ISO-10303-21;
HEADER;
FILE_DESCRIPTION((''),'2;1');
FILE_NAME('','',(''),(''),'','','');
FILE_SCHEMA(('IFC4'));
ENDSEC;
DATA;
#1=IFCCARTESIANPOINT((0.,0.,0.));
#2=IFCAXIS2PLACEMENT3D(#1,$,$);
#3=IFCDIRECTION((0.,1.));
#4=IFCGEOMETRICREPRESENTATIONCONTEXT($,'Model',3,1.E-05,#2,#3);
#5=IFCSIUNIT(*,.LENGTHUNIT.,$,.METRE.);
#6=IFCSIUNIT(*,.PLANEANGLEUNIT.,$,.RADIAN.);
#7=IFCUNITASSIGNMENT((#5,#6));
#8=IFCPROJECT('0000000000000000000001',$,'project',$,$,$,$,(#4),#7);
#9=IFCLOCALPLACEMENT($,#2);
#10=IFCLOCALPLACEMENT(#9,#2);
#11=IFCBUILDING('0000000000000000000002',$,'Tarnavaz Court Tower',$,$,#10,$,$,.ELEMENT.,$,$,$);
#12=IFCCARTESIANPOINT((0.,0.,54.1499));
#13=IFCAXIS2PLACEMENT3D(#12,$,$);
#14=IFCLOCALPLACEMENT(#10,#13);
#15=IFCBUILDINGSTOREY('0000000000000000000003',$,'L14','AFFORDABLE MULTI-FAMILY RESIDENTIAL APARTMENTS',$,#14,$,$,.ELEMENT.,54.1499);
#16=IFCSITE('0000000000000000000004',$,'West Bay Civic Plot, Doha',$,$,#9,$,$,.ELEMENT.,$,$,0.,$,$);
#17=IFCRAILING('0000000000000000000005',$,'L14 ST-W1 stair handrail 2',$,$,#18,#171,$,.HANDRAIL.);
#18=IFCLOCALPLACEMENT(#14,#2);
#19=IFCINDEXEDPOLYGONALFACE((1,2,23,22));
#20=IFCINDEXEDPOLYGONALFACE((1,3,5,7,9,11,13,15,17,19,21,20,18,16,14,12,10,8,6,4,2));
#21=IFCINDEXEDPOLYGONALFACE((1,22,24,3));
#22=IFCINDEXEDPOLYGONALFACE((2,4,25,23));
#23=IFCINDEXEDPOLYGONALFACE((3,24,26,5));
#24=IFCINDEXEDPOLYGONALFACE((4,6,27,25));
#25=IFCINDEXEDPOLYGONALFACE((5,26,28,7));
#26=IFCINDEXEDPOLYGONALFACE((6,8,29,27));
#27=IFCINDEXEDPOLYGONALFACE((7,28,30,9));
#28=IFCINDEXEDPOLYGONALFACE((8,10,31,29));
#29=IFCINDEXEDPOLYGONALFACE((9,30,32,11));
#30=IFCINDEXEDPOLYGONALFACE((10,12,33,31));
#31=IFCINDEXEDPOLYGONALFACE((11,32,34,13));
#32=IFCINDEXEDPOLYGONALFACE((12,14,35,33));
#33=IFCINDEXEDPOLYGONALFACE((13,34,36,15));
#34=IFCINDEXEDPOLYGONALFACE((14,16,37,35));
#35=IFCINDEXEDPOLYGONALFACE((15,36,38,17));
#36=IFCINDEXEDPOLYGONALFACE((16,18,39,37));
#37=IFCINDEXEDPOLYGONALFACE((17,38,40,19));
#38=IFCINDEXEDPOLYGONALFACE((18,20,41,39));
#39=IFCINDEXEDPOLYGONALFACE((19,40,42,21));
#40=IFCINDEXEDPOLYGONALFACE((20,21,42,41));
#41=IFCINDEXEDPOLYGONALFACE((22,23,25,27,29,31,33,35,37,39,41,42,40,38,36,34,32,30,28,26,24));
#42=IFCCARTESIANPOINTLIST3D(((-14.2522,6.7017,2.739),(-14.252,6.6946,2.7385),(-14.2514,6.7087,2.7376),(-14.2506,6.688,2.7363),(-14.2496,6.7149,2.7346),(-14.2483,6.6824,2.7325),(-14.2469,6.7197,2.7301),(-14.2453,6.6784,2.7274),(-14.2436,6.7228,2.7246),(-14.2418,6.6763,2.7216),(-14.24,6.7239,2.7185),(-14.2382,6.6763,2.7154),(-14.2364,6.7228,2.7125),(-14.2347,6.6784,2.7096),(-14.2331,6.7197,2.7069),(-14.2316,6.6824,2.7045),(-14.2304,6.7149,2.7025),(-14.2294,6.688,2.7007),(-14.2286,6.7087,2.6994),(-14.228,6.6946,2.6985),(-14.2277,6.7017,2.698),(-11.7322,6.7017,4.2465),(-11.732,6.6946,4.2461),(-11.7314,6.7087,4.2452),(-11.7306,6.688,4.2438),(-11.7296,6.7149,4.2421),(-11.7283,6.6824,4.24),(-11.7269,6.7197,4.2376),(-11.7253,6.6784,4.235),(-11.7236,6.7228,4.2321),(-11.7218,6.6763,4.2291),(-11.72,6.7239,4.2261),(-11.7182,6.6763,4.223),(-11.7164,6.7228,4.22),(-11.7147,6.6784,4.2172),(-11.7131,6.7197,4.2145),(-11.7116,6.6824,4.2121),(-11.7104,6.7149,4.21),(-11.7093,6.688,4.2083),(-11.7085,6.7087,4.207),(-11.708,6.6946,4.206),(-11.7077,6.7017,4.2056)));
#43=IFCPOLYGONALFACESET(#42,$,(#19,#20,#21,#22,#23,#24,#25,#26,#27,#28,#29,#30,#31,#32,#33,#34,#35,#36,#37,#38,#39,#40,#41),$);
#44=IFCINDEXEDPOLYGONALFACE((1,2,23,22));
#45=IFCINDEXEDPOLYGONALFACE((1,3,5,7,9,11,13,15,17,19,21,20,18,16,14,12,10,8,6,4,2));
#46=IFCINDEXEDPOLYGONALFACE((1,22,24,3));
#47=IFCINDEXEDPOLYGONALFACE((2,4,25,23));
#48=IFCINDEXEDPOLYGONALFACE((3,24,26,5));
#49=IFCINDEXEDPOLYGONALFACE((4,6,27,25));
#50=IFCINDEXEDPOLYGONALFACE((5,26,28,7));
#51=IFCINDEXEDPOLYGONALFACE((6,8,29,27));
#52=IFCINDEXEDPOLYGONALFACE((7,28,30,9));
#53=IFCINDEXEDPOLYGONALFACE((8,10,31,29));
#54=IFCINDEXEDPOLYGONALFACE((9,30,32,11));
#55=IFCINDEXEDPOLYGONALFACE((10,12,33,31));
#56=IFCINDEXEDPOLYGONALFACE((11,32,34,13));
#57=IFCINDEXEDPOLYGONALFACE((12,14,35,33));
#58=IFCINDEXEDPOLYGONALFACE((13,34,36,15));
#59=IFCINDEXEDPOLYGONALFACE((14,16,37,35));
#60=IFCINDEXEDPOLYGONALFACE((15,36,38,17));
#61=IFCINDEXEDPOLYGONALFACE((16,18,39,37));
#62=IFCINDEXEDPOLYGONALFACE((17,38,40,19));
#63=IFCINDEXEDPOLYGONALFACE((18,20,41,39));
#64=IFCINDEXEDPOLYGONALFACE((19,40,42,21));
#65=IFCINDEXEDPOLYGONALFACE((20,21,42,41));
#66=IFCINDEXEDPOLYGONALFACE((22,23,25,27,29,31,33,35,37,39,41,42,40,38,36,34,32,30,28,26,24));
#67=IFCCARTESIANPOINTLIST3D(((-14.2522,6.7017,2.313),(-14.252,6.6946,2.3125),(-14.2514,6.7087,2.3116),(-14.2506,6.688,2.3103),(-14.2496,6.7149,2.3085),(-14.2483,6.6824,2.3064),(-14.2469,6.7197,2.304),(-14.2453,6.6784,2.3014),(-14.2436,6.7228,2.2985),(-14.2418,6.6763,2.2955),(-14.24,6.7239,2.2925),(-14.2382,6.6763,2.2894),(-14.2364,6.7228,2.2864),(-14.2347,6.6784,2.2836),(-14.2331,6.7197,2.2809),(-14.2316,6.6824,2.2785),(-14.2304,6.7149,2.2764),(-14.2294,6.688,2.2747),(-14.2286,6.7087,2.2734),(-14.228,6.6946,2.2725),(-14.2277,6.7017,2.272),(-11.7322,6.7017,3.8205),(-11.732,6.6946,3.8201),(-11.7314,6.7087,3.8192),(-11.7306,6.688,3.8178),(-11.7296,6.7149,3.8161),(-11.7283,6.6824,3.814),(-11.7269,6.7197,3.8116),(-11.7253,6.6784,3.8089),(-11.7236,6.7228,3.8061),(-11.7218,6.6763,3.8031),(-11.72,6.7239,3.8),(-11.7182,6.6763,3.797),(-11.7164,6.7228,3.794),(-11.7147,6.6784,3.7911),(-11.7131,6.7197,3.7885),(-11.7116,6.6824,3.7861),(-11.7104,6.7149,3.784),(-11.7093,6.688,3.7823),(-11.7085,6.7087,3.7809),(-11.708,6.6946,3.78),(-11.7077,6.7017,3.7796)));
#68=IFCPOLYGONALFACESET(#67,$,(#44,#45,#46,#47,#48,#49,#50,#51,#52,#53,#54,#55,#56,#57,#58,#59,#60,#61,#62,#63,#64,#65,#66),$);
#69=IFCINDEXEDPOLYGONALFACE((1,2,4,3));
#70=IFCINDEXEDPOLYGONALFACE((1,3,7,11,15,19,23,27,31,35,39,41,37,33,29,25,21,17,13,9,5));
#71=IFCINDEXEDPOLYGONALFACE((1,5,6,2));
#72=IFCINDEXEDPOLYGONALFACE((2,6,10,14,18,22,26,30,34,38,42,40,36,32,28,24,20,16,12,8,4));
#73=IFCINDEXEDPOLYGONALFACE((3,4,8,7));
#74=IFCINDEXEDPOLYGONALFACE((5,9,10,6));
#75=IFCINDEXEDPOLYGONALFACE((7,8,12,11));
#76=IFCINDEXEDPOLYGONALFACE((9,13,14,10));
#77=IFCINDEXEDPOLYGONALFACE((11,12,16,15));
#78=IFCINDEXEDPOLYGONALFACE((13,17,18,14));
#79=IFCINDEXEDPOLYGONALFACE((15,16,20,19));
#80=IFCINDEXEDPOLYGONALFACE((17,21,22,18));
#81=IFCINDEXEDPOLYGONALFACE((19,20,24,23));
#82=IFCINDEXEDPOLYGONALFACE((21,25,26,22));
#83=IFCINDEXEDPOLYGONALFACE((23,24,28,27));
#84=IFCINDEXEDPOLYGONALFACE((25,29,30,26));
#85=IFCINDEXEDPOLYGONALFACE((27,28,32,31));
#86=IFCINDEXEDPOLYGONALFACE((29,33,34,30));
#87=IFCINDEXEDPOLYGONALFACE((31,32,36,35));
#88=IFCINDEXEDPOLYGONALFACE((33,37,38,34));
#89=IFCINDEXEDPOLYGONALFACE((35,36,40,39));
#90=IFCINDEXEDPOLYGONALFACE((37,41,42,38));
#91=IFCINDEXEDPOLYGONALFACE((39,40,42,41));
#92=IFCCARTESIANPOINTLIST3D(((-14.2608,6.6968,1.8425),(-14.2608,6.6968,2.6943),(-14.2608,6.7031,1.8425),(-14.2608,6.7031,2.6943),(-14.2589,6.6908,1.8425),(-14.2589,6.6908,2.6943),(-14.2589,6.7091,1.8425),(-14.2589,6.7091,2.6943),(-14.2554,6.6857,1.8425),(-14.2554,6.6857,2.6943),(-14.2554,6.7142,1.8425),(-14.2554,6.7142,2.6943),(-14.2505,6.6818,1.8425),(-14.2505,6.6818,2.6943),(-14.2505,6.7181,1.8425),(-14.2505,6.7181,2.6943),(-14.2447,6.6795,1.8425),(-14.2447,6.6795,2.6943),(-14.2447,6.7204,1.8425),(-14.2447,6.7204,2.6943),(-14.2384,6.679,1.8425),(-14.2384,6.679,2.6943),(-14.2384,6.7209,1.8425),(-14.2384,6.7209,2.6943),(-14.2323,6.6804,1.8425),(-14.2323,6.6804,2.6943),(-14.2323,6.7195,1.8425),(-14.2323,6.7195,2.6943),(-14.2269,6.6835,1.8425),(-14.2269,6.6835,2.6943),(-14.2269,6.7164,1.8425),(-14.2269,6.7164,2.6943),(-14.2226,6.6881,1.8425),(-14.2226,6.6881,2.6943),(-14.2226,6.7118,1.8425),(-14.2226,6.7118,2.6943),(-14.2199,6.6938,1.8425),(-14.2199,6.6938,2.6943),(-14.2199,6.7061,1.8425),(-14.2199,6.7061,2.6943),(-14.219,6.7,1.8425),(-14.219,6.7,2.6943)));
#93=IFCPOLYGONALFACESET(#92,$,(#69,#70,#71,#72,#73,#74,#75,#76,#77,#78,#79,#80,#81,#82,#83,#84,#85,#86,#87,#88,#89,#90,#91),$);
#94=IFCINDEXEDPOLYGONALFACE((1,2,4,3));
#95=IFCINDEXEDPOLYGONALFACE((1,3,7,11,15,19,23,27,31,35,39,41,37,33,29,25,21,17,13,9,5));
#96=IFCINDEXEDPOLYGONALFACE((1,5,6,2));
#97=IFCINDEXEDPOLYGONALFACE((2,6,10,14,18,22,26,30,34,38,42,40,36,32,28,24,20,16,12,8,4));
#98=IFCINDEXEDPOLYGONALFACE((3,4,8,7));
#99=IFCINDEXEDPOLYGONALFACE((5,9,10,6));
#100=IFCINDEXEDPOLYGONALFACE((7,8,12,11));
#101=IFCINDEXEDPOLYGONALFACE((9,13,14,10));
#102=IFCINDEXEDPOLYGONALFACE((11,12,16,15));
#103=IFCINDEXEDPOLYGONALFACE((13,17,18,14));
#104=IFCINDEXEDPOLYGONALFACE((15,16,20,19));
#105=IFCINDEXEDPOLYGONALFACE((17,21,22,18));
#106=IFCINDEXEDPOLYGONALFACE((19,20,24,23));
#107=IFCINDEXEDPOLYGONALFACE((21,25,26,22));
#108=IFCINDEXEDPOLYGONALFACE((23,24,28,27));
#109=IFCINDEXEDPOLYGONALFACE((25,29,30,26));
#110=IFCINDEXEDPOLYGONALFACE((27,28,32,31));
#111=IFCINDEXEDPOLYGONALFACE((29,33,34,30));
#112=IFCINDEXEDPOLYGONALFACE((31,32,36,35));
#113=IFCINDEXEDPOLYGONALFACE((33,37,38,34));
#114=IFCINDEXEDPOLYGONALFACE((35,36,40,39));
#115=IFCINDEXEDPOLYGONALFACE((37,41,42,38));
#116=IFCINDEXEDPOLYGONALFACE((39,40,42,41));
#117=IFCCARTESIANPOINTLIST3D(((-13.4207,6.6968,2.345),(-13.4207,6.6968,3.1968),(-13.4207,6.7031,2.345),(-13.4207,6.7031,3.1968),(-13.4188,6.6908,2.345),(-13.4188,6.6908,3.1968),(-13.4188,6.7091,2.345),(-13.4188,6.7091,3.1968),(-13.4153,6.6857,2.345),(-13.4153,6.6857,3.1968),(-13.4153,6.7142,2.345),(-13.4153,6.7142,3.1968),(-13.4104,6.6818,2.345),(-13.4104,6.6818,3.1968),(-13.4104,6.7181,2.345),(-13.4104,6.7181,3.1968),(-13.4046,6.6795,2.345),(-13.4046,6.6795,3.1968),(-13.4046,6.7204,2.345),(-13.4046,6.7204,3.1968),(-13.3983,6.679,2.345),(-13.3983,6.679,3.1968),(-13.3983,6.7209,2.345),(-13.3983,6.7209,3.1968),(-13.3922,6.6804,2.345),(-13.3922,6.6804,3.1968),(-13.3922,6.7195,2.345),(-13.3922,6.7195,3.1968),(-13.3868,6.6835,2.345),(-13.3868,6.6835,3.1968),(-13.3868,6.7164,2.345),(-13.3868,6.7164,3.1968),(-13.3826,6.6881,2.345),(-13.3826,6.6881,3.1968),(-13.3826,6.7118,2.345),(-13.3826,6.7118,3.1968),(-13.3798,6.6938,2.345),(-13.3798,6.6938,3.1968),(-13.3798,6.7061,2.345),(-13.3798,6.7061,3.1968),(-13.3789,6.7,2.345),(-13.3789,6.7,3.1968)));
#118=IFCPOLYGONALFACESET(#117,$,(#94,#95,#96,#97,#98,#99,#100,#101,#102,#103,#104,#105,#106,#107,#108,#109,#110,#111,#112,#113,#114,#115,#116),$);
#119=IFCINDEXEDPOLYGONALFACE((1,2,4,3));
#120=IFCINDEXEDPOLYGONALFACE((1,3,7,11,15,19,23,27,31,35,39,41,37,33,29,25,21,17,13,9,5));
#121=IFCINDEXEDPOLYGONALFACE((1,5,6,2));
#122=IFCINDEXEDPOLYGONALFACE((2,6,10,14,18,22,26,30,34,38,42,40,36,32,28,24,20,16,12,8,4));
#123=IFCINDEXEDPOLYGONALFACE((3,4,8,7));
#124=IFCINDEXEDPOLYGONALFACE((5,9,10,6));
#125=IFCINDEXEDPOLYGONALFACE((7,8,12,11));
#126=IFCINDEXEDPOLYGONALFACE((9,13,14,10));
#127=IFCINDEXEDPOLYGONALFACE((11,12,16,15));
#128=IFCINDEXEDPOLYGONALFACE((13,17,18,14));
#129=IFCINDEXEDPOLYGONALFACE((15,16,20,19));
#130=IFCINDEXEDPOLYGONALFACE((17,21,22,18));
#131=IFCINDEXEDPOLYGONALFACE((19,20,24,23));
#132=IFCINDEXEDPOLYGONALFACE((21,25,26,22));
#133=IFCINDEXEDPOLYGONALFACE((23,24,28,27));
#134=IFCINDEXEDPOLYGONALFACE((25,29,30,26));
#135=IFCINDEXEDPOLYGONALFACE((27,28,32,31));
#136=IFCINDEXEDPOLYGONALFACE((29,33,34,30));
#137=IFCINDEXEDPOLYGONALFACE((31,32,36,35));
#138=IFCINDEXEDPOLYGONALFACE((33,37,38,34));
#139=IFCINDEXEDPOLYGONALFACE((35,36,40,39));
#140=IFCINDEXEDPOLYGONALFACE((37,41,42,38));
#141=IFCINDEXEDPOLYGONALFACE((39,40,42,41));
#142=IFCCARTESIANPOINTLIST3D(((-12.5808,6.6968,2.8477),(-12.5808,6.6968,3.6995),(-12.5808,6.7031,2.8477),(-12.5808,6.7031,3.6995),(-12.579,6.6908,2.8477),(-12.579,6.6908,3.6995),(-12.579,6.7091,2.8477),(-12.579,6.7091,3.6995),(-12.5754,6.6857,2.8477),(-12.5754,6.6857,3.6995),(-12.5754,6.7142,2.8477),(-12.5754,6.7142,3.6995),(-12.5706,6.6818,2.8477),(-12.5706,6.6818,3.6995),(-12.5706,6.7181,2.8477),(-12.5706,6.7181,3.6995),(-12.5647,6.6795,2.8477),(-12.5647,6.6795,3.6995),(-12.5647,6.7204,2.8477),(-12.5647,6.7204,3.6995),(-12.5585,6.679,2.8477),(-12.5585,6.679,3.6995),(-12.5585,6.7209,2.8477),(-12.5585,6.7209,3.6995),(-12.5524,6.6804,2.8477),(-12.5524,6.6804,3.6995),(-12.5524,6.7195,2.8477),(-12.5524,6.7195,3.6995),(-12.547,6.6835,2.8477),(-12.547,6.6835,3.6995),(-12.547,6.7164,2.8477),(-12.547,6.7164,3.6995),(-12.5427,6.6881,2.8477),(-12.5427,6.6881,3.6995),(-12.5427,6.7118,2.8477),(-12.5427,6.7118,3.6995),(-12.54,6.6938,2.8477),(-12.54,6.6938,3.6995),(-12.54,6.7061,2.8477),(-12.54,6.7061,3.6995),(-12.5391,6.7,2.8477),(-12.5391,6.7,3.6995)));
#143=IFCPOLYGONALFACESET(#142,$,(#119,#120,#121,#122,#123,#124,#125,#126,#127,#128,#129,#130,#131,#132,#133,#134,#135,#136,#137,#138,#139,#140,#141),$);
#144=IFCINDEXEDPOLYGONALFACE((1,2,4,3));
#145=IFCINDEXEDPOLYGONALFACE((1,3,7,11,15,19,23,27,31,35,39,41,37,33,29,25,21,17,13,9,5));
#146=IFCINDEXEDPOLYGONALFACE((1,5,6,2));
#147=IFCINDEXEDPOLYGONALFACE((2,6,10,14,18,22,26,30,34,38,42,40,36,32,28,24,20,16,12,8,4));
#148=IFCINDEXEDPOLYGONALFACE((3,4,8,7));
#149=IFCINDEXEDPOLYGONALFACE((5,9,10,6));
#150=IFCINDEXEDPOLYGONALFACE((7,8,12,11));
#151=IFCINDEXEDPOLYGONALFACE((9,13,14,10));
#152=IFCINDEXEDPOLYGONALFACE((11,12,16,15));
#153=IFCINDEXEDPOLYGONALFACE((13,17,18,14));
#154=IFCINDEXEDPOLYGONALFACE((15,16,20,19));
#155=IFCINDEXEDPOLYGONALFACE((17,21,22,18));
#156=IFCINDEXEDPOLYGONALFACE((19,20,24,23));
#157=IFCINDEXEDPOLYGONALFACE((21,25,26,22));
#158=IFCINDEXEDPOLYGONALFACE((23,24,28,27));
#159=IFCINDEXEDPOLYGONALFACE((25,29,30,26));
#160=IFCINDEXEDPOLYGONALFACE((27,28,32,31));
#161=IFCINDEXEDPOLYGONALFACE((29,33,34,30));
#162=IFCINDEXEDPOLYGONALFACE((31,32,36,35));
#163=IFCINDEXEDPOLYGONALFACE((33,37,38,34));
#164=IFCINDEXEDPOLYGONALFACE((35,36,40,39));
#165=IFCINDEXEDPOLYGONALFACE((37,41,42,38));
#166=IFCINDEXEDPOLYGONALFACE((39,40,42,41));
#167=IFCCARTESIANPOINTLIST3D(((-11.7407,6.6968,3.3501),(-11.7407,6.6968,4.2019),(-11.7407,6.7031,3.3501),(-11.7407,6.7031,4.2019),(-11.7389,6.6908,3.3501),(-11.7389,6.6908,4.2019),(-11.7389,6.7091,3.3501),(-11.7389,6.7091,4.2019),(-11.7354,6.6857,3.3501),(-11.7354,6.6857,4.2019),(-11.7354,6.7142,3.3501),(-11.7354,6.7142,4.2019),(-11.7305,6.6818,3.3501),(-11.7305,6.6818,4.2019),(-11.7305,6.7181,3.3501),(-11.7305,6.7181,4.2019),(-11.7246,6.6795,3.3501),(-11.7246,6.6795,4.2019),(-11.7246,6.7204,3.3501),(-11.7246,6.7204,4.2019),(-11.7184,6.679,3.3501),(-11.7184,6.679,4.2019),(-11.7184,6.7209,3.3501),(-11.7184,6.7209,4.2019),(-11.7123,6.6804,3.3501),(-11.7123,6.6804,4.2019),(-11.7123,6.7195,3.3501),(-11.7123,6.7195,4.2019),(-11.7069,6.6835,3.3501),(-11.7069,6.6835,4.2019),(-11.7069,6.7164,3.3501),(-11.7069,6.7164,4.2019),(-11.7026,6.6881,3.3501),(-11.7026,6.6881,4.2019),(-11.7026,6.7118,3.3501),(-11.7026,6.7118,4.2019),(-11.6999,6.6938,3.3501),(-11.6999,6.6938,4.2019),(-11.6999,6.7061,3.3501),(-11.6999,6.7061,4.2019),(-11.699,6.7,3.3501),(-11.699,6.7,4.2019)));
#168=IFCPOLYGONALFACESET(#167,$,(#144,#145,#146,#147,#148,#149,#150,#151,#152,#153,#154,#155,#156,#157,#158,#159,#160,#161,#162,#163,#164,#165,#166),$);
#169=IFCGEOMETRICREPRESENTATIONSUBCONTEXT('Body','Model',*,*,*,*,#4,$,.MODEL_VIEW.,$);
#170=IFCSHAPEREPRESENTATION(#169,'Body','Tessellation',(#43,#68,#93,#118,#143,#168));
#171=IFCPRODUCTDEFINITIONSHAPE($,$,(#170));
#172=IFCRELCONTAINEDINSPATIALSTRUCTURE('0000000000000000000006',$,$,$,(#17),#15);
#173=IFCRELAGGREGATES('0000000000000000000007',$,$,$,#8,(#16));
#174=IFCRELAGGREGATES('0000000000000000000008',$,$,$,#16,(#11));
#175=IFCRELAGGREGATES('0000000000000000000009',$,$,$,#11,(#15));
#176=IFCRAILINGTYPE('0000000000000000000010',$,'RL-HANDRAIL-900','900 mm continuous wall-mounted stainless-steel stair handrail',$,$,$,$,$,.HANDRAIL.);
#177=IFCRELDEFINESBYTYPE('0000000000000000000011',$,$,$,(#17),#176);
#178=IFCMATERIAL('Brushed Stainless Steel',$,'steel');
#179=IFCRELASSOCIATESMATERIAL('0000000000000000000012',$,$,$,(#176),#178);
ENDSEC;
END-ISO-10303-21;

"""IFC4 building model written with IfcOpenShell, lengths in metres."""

from ifc_helpers import new_model, si_unit, direction, frame, origin, origin_2d, place, context, subcontext, project, spatial, circle, extrude, material, type_object, element, save


model = new_model("IFC4")

# Units and contexts
model_context = context("Model", 3, precision=1e-05, world=origin(), true_north=direction((0.0, 1.0)))
body_context = subcontext(model_context, "Body", "Model", "MODEL_VIEW")
ifc_project = project(units=[si_unit("LENGTHUNIT", "METRE"), si_unit("PLANEANGLEUNIT", "RADIAN")], contexts=[model_context])

# Site, building, storey
site_placement = place(None, origin())
site = spatial("IfcSite", under=ifc_project, at=site_placement, Name="West Bay Civic Plot, Doha", CompositionType="ELEMENT", RefElevation=0.0)
building_placement = place(site_placement, origin())
building = spatial("IfcBuilding", under=site, at=building_placement, Name="Tarnavaz Court Tower", CompositionType="ELEMENT")
storey_placement = place(building_placement, frame((0.0, 0.0, 54.1499)))
storey = spatial("IfcBuildingStorey", under=building, at=storey_placement, Name="L14", Description="AFFORDABLE MULTI-FAMILY RESIDENTIAL APARTMENTS", CompositionType="ELEMENT", Elevation=54.1499)

# Railing
ifc_material_1 = material(Name="Brushed Stainless Steel", Category="steel")
railing_type_1 = type_object("IfcRailingType", Name="RL-HANDRAIL-900", Description="900 mm continuous wall-mounted stainless-steel stair handrail", PredefinedType="HANDRAIL", material=ifc_material_1)
railing_1_placement = place(storey_placement, frame((-14.24, 6.7, 1.8425)))
element("IfcRailing", 1, at=railing_1_placement, inside=storey, type_object=railing_type_1, Name="L14 ST-W1 stair handrail 2", PredefinedType="HANDRAIL", context=body_context, shape_type="SweptSolid", body=[
    extrude(circle(Radius=0.0239, at=origin_2d()), frame((0.0, 0.0, 0.876), z_axis=(0.85816, 0.0, 0.513383), x_axis=(0.0, 1.0, 0.0)), (0.0, 0.0, 1.0), 2.9365),
    extrude(circle(Radius=0.0239, at=origin_2d()), frame((0.0, 0.0, 0.45), z_axis=(0.85816, 0.0, 0.513383), x_axis=(0.0, 1.0, 0.0)), (0.0, 0.0, 1.0), 2.9365),
    extrude(circle(Radius=0.021, at=origin_2d()), origin(), (0.0, 0.0, 1.0), 0.8518),
    extrude(circle(Radius=0.021, at=origin_2d()), frame((0.8401, 0.0, 0.5024)), (0.0, 0.0, 1.0), 0.8518),
    extrude(circle(Radius=0.021, at=origin_2d()), frame((1.6799, 0.0, 1.0051)), (0.0, 0.0, 1.0), 0.8518),
    extrude(circle(Radius=0.021, at=origin_2d()), frame((2.52, 0.0, 1.5076)), (0.0, 0.0, 1.0), 0.8518),
])

save(model, "model.ifc")
